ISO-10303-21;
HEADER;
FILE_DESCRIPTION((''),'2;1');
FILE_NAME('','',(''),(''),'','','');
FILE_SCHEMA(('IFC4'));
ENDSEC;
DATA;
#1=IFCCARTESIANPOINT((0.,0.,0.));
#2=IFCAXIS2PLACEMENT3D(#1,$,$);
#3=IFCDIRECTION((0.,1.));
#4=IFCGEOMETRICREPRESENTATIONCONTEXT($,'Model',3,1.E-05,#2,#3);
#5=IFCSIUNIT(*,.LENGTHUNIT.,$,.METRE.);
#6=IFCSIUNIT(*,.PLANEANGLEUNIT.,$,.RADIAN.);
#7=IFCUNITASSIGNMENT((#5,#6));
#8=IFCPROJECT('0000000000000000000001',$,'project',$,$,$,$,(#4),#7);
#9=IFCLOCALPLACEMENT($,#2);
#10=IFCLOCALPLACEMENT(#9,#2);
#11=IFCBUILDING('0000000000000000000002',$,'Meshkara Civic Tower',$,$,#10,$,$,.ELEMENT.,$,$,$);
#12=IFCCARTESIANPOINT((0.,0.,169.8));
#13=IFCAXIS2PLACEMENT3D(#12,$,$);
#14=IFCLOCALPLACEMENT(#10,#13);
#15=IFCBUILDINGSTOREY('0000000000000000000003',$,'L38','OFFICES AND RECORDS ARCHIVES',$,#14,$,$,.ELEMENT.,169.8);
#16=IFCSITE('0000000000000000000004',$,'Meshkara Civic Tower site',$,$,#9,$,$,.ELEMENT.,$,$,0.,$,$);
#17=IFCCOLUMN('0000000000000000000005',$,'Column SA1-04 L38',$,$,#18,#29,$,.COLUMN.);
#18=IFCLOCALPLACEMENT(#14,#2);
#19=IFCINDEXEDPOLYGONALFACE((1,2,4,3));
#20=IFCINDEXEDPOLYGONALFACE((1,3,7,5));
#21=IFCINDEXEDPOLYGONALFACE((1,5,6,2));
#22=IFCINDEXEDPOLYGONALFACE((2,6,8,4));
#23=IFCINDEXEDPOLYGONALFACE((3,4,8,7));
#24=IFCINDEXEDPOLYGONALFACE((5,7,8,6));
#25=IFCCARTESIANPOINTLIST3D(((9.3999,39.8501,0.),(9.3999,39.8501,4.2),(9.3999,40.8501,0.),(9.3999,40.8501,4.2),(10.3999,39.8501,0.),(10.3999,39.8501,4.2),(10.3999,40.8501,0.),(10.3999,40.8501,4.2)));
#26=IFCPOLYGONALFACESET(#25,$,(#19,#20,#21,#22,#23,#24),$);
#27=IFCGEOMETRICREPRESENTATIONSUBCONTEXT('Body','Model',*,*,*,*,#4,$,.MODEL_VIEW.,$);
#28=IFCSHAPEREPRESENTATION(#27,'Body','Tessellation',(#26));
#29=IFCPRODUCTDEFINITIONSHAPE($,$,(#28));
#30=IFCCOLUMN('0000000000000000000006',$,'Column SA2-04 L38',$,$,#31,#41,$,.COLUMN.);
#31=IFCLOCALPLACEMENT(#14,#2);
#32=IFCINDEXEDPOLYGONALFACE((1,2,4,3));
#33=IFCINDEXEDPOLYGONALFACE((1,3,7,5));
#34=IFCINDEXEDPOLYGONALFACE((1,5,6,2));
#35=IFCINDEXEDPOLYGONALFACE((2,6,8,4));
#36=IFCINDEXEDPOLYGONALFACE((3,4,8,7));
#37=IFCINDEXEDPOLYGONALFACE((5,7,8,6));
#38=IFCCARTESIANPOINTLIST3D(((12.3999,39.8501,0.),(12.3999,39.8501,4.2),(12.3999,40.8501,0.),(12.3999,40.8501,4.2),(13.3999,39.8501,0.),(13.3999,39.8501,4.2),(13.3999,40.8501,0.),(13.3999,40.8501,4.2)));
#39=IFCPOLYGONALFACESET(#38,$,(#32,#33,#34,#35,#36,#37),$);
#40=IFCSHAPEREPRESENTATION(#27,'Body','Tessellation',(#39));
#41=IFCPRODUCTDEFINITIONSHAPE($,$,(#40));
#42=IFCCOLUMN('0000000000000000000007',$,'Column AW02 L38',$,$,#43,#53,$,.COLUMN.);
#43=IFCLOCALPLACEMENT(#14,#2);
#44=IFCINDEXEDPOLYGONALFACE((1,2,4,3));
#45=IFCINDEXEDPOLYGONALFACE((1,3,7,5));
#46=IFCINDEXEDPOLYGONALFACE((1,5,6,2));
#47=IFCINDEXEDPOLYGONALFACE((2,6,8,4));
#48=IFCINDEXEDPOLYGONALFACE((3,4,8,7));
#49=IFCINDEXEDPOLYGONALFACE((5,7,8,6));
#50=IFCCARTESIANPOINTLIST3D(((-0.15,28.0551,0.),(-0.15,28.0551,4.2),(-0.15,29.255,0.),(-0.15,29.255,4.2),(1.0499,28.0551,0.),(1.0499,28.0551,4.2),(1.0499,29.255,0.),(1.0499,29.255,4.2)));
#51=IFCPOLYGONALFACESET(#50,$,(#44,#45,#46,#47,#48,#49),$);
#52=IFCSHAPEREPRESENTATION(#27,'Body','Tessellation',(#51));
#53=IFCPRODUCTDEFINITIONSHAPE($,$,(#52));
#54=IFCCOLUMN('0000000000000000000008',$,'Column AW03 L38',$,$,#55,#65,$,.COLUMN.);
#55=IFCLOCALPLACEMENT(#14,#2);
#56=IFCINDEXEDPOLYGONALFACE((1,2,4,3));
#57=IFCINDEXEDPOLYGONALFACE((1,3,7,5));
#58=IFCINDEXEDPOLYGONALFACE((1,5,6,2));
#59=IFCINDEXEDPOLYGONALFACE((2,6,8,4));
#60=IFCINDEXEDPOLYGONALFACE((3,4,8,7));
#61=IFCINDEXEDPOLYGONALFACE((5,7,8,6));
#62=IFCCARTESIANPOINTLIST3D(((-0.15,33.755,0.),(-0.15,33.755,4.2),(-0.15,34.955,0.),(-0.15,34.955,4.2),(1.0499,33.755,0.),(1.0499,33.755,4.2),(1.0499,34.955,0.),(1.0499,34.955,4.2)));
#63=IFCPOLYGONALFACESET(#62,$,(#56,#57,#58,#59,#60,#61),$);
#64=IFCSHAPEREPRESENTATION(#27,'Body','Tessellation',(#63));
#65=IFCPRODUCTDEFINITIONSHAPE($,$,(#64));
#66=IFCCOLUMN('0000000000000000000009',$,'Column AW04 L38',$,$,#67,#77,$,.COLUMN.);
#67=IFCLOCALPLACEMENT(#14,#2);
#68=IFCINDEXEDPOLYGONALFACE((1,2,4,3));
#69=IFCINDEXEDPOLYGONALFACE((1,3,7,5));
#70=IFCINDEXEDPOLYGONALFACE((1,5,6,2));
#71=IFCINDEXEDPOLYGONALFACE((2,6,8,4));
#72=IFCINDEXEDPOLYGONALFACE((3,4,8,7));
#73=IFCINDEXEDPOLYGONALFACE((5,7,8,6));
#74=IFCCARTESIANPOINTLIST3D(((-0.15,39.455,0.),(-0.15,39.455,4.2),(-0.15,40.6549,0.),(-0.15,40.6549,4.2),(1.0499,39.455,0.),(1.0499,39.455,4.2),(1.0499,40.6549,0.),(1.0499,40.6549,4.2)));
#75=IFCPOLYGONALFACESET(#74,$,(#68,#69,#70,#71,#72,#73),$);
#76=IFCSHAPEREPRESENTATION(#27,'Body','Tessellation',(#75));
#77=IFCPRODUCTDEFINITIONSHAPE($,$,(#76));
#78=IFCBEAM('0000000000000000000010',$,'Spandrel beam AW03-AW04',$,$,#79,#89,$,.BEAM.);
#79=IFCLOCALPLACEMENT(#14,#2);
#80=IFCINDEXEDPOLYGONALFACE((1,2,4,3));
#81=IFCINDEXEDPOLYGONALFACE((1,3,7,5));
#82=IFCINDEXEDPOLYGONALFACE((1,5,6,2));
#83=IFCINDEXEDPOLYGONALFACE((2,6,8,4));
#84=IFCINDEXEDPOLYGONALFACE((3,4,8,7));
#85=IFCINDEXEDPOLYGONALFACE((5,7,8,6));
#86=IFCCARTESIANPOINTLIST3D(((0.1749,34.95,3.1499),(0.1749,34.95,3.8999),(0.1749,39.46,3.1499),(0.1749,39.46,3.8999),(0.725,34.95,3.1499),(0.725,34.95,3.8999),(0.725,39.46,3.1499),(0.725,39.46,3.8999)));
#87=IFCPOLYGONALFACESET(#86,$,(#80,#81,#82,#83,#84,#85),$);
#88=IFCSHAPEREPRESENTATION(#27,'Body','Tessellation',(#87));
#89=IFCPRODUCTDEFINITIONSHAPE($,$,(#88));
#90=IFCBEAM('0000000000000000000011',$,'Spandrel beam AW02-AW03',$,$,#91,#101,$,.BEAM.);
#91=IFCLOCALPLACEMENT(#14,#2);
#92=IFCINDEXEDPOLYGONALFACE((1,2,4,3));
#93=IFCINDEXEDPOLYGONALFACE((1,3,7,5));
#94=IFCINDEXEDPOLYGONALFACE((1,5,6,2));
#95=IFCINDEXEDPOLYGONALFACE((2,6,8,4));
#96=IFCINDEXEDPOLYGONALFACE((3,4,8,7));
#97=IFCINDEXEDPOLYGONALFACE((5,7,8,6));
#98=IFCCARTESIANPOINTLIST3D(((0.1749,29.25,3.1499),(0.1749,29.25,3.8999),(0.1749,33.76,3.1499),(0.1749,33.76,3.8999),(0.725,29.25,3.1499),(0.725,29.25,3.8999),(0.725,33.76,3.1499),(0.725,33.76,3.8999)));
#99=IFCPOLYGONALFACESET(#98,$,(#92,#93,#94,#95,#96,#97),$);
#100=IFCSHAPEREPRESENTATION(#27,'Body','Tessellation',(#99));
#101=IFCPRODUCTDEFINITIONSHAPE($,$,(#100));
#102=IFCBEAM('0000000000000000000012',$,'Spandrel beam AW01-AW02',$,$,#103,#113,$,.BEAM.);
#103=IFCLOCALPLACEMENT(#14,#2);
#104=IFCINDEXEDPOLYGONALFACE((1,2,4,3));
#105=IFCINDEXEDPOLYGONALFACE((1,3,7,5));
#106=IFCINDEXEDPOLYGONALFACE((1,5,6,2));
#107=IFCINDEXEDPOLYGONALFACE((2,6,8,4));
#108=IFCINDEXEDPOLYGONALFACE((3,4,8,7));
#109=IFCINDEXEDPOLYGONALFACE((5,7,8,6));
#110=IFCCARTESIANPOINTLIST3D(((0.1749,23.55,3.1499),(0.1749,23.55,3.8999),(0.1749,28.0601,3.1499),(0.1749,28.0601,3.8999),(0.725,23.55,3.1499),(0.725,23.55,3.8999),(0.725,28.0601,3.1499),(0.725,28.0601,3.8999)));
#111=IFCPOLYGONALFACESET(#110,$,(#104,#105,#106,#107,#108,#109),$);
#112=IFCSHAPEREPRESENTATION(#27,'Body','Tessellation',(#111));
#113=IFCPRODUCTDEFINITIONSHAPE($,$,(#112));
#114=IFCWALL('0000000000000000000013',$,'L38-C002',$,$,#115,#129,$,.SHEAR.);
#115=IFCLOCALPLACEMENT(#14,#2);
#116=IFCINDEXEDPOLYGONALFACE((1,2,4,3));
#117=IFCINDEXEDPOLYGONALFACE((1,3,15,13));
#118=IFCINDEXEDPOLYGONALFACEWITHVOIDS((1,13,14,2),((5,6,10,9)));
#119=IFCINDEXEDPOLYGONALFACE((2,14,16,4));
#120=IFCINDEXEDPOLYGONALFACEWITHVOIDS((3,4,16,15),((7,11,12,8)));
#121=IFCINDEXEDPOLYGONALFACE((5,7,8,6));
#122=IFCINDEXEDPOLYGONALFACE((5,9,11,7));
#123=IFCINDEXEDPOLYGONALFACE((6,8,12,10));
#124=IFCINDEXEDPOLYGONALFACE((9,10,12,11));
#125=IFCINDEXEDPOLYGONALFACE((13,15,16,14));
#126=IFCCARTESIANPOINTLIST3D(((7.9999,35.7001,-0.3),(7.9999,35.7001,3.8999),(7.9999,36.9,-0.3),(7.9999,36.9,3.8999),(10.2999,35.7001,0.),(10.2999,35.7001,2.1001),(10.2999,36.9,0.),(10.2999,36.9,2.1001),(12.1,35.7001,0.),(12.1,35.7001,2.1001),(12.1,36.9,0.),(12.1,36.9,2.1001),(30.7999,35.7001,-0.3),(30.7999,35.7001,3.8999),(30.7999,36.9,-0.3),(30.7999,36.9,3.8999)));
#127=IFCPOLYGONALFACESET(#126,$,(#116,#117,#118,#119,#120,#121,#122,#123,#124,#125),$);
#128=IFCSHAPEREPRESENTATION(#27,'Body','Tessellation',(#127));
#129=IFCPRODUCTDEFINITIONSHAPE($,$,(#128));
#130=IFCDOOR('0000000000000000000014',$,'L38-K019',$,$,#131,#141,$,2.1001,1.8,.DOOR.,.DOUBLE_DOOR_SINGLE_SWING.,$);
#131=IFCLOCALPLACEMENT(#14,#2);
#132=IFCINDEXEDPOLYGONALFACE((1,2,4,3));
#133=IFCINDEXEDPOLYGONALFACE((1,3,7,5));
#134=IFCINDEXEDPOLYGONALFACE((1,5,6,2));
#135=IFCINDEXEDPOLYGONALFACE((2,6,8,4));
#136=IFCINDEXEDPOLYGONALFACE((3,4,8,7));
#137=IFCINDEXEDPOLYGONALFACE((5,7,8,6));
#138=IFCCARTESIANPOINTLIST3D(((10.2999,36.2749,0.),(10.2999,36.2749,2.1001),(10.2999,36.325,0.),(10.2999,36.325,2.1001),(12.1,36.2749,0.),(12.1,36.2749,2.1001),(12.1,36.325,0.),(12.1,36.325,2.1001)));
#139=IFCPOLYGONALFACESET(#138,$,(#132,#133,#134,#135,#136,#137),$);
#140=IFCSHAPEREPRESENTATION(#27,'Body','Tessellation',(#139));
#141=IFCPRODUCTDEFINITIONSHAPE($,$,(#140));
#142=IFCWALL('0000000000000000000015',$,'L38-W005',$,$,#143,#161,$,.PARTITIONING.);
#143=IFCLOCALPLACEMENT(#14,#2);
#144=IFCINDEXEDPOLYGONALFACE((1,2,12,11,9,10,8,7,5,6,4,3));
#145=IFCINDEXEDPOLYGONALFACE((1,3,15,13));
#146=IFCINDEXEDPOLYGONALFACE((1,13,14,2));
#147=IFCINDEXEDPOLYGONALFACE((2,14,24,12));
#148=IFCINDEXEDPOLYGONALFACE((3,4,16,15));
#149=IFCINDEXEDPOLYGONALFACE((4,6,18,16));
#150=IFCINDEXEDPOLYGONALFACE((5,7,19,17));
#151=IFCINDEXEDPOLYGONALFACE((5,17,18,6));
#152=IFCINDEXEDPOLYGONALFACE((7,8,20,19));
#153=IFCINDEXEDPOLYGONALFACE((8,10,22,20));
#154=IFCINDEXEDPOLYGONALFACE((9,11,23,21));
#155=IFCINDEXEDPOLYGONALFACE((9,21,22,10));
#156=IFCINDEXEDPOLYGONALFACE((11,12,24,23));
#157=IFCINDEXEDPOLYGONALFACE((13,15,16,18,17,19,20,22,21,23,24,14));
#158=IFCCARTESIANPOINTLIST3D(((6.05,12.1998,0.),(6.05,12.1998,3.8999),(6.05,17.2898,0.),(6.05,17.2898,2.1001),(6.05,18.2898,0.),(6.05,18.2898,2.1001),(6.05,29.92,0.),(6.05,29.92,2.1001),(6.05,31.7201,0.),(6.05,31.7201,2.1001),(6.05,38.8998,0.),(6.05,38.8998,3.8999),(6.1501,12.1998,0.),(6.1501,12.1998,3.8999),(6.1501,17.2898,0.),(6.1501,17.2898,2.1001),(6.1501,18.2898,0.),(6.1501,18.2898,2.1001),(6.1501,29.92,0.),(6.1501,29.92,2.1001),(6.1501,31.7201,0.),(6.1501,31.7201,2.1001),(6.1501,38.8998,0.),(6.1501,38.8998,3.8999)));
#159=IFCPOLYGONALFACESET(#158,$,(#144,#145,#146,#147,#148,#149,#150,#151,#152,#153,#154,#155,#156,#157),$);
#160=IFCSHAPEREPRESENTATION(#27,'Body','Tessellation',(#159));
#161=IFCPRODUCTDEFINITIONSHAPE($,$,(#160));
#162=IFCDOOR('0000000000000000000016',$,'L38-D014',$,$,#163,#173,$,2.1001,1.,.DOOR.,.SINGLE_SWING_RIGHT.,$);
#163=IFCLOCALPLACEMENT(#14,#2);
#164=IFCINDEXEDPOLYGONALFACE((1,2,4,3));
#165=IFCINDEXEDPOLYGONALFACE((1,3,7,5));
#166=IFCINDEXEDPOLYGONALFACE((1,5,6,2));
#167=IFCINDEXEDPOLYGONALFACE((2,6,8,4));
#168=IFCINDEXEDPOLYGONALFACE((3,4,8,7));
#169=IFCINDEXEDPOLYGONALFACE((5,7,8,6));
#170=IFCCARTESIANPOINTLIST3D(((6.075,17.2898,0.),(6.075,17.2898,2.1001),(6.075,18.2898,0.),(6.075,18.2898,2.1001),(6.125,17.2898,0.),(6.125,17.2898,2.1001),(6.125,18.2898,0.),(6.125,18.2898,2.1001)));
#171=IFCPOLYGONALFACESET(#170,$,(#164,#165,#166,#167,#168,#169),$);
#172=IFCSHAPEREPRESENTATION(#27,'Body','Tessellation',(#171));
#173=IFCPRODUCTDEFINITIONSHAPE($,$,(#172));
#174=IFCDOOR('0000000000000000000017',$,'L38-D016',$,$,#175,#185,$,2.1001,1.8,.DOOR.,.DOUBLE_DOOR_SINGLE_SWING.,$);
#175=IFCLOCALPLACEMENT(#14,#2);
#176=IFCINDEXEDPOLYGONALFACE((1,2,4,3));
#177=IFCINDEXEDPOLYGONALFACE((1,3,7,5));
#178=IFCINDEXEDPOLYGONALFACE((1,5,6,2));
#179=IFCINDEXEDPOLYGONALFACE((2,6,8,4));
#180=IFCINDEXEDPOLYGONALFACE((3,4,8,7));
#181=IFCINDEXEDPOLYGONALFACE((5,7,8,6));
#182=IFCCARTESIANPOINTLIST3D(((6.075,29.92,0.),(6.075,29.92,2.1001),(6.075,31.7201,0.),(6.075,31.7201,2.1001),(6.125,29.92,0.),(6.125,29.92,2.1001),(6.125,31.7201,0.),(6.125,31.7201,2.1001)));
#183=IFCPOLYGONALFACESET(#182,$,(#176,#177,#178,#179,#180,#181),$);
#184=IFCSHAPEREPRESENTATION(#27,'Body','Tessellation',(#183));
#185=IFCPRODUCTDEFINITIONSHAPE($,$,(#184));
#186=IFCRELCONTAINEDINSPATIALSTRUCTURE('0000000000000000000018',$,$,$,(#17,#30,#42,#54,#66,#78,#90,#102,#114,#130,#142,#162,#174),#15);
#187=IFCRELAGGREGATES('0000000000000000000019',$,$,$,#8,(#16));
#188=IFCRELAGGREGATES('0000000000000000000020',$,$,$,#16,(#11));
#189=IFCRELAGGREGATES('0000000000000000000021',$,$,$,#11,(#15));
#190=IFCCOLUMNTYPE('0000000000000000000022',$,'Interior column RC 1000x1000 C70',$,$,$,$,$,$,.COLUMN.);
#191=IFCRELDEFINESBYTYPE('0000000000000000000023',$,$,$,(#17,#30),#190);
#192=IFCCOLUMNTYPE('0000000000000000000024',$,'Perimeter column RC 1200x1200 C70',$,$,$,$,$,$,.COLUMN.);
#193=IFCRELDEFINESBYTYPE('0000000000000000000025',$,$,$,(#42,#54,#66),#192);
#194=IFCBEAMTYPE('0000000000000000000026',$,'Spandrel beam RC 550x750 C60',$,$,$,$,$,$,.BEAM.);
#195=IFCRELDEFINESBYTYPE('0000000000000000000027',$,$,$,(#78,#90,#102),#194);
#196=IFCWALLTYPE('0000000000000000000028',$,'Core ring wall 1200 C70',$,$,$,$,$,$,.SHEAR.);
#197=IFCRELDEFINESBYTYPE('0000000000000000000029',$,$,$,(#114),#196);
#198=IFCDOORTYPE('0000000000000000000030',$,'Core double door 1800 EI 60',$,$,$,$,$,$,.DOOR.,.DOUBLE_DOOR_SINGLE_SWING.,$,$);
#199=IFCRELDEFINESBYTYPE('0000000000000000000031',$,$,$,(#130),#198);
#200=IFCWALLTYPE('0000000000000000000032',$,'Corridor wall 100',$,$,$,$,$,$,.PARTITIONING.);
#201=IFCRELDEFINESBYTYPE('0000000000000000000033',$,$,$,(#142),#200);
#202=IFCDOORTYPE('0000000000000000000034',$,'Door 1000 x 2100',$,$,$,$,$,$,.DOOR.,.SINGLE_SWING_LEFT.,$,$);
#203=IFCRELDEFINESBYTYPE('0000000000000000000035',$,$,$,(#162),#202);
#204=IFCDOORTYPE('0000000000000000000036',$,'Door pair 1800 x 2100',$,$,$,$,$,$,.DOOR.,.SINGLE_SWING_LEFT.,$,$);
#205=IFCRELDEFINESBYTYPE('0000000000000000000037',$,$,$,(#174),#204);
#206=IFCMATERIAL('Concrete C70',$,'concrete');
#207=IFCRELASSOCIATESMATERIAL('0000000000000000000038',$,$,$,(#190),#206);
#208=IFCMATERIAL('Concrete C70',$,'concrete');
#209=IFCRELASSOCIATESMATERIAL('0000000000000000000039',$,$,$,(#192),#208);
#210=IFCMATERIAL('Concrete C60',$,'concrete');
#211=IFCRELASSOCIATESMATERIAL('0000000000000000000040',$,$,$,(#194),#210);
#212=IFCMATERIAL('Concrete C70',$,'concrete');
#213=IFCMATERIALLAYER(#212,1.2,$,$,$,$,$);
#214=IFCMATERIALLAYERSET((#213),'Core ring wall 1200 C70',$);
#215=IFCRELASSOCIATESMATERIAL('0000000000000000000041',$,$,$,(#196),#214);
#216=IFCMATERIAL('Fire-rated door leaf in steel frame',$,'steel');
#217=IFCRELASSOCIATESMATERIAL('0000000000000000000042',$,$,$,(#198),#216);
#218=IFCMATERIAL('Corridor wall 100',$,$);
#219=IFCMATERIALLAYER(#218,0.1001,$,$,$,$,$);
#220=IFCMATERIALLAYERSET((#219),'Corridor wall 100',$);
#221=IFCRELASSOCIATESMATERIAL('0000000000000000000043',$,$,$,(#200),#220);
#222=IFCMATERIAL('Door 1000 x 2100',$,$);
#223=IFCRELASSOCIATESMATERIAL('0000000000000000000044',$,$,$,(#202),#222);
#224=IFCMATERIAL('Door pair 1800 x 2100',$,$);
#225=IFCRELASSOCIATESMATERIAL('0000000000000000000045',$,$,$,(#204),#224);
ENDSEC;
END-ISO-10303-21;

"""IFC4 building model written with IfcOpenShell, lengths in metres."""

from ifc_helpers import new_model, si_unit, direction, frame, frame_2d, origin, origin_2d, place, context, subcontext, project, spatial, rectangle, extrude, material, layer, layer_set, material_profile, profile_set, type_object, element, fill, save


model = new_model("IFC4")

# Units and contexts
model_context = context("Model", 3, precision=1e-05, world=origin(), true_north=direction((0.0, 1.0)))
body_context = subcontext(model_context, "Body", "Model", "MODEL_VIEW")
ifc_project = project(units=[si_unit("LENGTHUNIT", "METRE"), si_unit("PLANEANGLEUNIT", "RADIAN")], contexts=[model_context])

# Site, building, storey
site_placement = place(None, origin())
site = spatial("IfcSite", under=ifc_project, at=site_placement, Name="Meshkara Civic Tower site", CompositionType="ELEMENT", RefElevation=0.0)
building_placement = place(site_placement, origin())
building = spatial("IfcBuilding", under=site, at=building_placement, Name="Meshkara Civic Tower", CompositionType="ELEMENT")
storey_placement = place(building_placement, frame((0.0, 0.0, 169.8)))
storey = spatial("IfcBuildingStorey", under=building, at=storey_placement, Name="L38", Description="OFFICES AND RECORDS ARCHIVES", CompositionType="ELEMENT", Elevation=169.8)

# Columns
ifc_material_1 = material(Name="Concrete C70", Category="concrete")
ifc_material_profile_1 = material_profile(ifc_material_1, rectangle(XDim=1.0, YDim=1.0, at=origin_2d()))
ifc_profile_set_1 = profile_set([ifc_material_profile_1], Name="Concrete C70")
column_type_1 = type_object("IfcColumnType", Name="Interior column RC 1000x1000 C70", PredefinedType="COLUMN", material=ifc_profile_set_1)
for number, where, z_axis, x_axis, name in (
    (1, (9.8999, 40.3501, 0.0), (0.0, 0.0, 1.0), (1.0, 0.0, 0.0), "Column SA1-04 L38"),
    (2, (12.8999, 40.3501, 0.0), (0.0, 0.0, 1.0), (1.0, 0.0, 0.0), "Column SA2-04 L38"),
):
    element("IfcColumn", number, at=place(storey_placement, frame(where, z_axis=z_axis, x_axis=x_axis)), inside=storey, type_object=column_type_1, Name=name, PredefinedType="COLUMN", context=body_context, shape_type="SweptSolid", body=[
        extrude(rectangle(XDim=1.0, YDim=1.0, at=origin_2d()), origin(), (0.0, 0.0, 1.0), 4.2),
    ])
ifc_material_2 = material(Name="Concrete C70", Category="concrete")
ifc_material_profile_2 = material_profile(ifc_material_2, rectangle(XDim=1.2, YDim=1.2, at=origin_2d()))
ifc_profile_set_2 = profile_set([ifc_material_profile_2], Name="Concrete C70")
column_type_2 = type_object("IfcColumnType", Name="Perimeter column RC 1200x1200 C70", PredefinedType="COLUMN", material=ifc_profile_set_2)
for number, where, z_axis, x_axis, name in (
    (3, (0.45, 28.655, 0.0), (0.0, 0.0, 1.0), (1.0, 0.0, 0.0), "Column AW02 L38"),
    (4, (0.45, 34.355, 0.0), (0.0, 0.0, 1.0), (1.0, 0.0, 0.0), "Column AW03 L38"),
    (5, (0.45, 40.0549, 0.0), (0.0, 0.0, 1.0), (1.0, 0.0, 0.0), "Column AW04 L38"),
):
    element("IfcColumn", number, at=place(storey_placement, frame(where, z_axis=z_axis, x_axis=x_axis)), inside=storey, type_object=column_type_2, Name=name, PredefinedType="COLUMN", context=body_context, shape_type="SweptSolid", body=[
        extrude(rectangle(XDim=1.2, YDim=1.2, at=origin_2d()), origin(), (0.0, 0.0, 1.0), 4.2),
    ])

# Beams
ifc_material_3 = material(Name="Concrete C60", Category="concrete")
ifc_material_profile_3 = material_profile(ifc_material_3, rectangle(XDim=0.55, YDim=0.75, at=origin_2d()))
ifc_profile_set_3 = profile_set([ifc_material_profile_3], Name="Concrete C60")
beam_type = type_object("IfcBeamType", Name="Spandrel beam RC 550x750 C60", PredefinedType="BEAM", material=ifc_profile_set_3)
for number, where, z_axis, x_axis, name in (
    (6, (0.45, 39.46, 3.5249), (0.0, -1.0, 0.0), (1.0, 0.0, 0.0), "Spandrel beam AW03-AW04"),
    (7, (0.45, 33.76, 3.5249), (0.0, -1.0, 0.0), (1.0, 0.0, 0.0), "Spandrel beam AW02-AW03"),
    (8, (0.45, 28.0601, 3.5249), (0.0, -1.0, 0.0), (1.0, 0.0, 0.0), "Spandrel beam AW01-AW02"),
):
    element("IfcBeam", number, at=place(storey_placement, frame(where, z_axis=z_axis, x_axis=x_axis)), inside=storey, type_object=beam_type, Name=name, PredefinedType="BEAM", context=body_context, shape_type="SweptSolid", body=[
        extrude(rectangle(XDim=0.55, YDim=0.75, at=origin_2d()), origin(), (0.0, 0.0, 1.0), 4.51),
    ])

# Wall, opening, door
ifc_material_4 = material(Name="Concrete C70", Category="concrete")
ifc_layer_1 = layer(ifc_material_4, 1.2)
ifc_layer_set_1 = layer_set([ifc_layer_1], Name="Core ring wall 1200 C70")
wall_type_1 = type_object("IfcWallType", Name="Core ring wall 1200 C70", PredefinedType="SHEAR", material=ifc_layer_set_1)
wall_1_placement = place(storey_placement, frame((8.0, 36.3, -0.3), z_axis=(0.0, 0.0, 1.0), x_axis=(1.0, 0.0, 0.0)))
wall_1 = element("IfcWall", 9, at=wall_1_placement, inside=storey, type_object=wall_type_1, Name="L38-C002", PredefinedType="SHEAR", context=body_context, shape_type="SweptSolid", body=[
    extrude(rectangle(XDim=22.8, YDim=1.2, at=frame_2d((11.3999, 0.0))), origin(), (0.0, 0.0, 1.0), 4.2),
])
opening_1_placement = place(wall_1_placement, frame((2.3, 0.0, 0.3)))
opening_1 = element("IfcOpeningElement", 10, at=opening_1_placement, cuts=wall_1, PredefinedType="OPENING", context=body_context, shape_type="SweptSolid", body=[
    extrude(rectangle(XDim=1.8, YDim=2.1001, at=frame_2d((0.8999, 1.05))), frame((0.0, 0.6099, 0.0), z_axis=(0.0, -1.0, 0.0), x_axis=(1.0, 0.0, 0.0)), (0.0, 0.0, 1.0), 1.22),
])
ifc_material_5 = material(Name="Fire-rated door leaf in steel frame", Category="steel")
door_type_1 = type_object("IfcDoorType", Name="Core double door 1800 EI 60", OperationType="DOUBLE_DOOR_SINGLE_SWING", PredefinedType="DOOR", material=ifc_material_5)
door_1_placement = place(opening_1_placement, origin())
door_1 = element("IfcDoor", 11, at=door_1_placement, inside=storey, type_object=door_type_1, Name="L38-K019", OperationType="DOUBLE_DOOR_SINGLE_SWING", OverallHeight=2.1001, OverallWidth=1.8, PredefinedType="DOOR", context=body_context, shape_type="SweptSolid", body=[
    extrude(rectangle(XDim=1.8, YDim=2.1001, at=frame_2d((0.8999, 1.05))), frame((0.0, 0.0249, 0.0), z_axis=(0.0, -1.0, 0.0), x_axis=(1.0, 0.0, 0.0)), (0.0, 0.0, 1.0), 0.05),
])
fill(opening_1, door_1)

# Wall, openings, doors
ifc_material_6 = material(Name="Corridor wall 100")
ifc_layer_2 = layer(ifc_material_6, 0.1001)
ifc_layer_set_2 = layer_set([ifc_layer_2], Name="Corridor wall 100")
wall_type_2 = type_object("IfcWallType", Name="Corridor wall 100", PredefinedType="PARTITIONING", material=ifc_layer_set_2)
wall_2_placement = place(storey_placement, frame((6.1001, 38.8999, 0.0), z_axis=(0.0, 0.0, 1.0), x_axis=(0.0, -1.0, 0.0)))
wall_2 = element("IfcWall", 12, at=wall_2_placement, inside=storey, type_object=wall_type_2, Name="L38-W005", PredefinedType="PARTITIONING", context=body_context, shape_type="SweptSolid", body=[
    extrude(rectangle(XDim=26.7, YDim=0.1001, at=frame_2d((13.3501, 0.0))), origin(), (0.0, 0.0, 1.0), 3.8999),
])
opening_2_placement = place(wall_2_placement, frame((20.6101, 0.0, 0.0)))
opening_2 = element("IfcOpeningElement", 13, at=opening_2_placement, cuts=wall_2, PredefinedType="OPENING", context=body_context, shape_type="SweptSolid", body=[
    extrude(rectangle(XDim=1.0, YDim=2.1001, at=frame_2d((0.5, 1.05))), frame((0.0, 0.0601, 0.0), z_axis=(0.0, -1.0, 0.0), x_axis=(1.0, 0.0, 0.0)), (0.0, 0.0, 1.0), 0.1201),
])
opening_3_placement = place(wall_2_placement, frame((7.1799, 0.0, 0.0)))
opening_3 = element("IfcOpeningElement", 14, at=opening_3_placement, cuts=wall_2, PredefinedType="OPENING", context=body_context, shape_type="SweptSolid", body=[
    extrude(rectangle(XDim=1.8, YDim=2.1001, at=frame_2d((0.8999, 1.05))), frame((0.0, 0.0601, 0.0), z_axis=(0.0, -1.0, 0.0), x_axis=(1.0, 0.0, 0.0)), (0.0, 0.0, 1.0), 0.1201),
])
ifc_material_7 = material(Name="Door 1000 x 2100")
door_type_2 = type_object("IfcDoorType", Name="Door 1000 x 2100", OperationType="SINGLE_SWING_LEFT", PredefinedType="DOOR", material=ifc_material_7)
door_2_placement = place(opening_2_placement, origin())
door_2 = element("IfcDoor", 15, at=door_2_placement, inside=storey, type_object=door_type_2, Name="L38-D014", OperationType="SINGLE_SWING_RIGHT", OverallHeight=2.1001, OverallWidth=1.0, PredefinedType="DOOR", context=body_context, shape_type="SweptSolid", body=[
    extrude(rectangle(XDim=1.0, YDim=2.1001, at=frame_2d((0.5, 1.05))), frame((0.0, 0.0249, 0.0), z_axis=(0.0, -1.0, 0.0), x_axis=(1.0, 0.0, 0.0)), (0.0, 0.0, 1.0), 0.05),
])
fill(opening_2, door_2)
ifc_material_8 = material(Name="Door pair 1800 x 2100")
door_type_3 = type_object("IfcDoorType", Name="Door pair 1800 x 2100", OperationType="SINGLE_SWING_LEFT", PredefinedType="DOOR", material=ifc_material_8)
door_3_placement = place(opening_3_placement, origin())
door_3 = element("IfcDoor", 16, at=door_3_placement, inside=storey, type_object=door_type_3, Name="L38-D016", OperationType="DOUBLE_DOOR_SINGLE_SWING", OverallHeight=2.1001, OverallWidth=1.8, PredefinedType="DOOR", context=body_context, shape_type="SweptSolid", body=[
    extrude(rectangle(XDim=1.8, YDim=2.1001, at=frame_2d((0.8999, 1.05))), frame((0.0, 0.0249, 0.0), z_axis=(0.0, -1.0, 0.0), x_axis=(1.0, 0.0, 0.0)), (0.0, 0.0, 1.0), 0.05),
])
fill(opening_3, door_3)

save(model, "model.ifc")
